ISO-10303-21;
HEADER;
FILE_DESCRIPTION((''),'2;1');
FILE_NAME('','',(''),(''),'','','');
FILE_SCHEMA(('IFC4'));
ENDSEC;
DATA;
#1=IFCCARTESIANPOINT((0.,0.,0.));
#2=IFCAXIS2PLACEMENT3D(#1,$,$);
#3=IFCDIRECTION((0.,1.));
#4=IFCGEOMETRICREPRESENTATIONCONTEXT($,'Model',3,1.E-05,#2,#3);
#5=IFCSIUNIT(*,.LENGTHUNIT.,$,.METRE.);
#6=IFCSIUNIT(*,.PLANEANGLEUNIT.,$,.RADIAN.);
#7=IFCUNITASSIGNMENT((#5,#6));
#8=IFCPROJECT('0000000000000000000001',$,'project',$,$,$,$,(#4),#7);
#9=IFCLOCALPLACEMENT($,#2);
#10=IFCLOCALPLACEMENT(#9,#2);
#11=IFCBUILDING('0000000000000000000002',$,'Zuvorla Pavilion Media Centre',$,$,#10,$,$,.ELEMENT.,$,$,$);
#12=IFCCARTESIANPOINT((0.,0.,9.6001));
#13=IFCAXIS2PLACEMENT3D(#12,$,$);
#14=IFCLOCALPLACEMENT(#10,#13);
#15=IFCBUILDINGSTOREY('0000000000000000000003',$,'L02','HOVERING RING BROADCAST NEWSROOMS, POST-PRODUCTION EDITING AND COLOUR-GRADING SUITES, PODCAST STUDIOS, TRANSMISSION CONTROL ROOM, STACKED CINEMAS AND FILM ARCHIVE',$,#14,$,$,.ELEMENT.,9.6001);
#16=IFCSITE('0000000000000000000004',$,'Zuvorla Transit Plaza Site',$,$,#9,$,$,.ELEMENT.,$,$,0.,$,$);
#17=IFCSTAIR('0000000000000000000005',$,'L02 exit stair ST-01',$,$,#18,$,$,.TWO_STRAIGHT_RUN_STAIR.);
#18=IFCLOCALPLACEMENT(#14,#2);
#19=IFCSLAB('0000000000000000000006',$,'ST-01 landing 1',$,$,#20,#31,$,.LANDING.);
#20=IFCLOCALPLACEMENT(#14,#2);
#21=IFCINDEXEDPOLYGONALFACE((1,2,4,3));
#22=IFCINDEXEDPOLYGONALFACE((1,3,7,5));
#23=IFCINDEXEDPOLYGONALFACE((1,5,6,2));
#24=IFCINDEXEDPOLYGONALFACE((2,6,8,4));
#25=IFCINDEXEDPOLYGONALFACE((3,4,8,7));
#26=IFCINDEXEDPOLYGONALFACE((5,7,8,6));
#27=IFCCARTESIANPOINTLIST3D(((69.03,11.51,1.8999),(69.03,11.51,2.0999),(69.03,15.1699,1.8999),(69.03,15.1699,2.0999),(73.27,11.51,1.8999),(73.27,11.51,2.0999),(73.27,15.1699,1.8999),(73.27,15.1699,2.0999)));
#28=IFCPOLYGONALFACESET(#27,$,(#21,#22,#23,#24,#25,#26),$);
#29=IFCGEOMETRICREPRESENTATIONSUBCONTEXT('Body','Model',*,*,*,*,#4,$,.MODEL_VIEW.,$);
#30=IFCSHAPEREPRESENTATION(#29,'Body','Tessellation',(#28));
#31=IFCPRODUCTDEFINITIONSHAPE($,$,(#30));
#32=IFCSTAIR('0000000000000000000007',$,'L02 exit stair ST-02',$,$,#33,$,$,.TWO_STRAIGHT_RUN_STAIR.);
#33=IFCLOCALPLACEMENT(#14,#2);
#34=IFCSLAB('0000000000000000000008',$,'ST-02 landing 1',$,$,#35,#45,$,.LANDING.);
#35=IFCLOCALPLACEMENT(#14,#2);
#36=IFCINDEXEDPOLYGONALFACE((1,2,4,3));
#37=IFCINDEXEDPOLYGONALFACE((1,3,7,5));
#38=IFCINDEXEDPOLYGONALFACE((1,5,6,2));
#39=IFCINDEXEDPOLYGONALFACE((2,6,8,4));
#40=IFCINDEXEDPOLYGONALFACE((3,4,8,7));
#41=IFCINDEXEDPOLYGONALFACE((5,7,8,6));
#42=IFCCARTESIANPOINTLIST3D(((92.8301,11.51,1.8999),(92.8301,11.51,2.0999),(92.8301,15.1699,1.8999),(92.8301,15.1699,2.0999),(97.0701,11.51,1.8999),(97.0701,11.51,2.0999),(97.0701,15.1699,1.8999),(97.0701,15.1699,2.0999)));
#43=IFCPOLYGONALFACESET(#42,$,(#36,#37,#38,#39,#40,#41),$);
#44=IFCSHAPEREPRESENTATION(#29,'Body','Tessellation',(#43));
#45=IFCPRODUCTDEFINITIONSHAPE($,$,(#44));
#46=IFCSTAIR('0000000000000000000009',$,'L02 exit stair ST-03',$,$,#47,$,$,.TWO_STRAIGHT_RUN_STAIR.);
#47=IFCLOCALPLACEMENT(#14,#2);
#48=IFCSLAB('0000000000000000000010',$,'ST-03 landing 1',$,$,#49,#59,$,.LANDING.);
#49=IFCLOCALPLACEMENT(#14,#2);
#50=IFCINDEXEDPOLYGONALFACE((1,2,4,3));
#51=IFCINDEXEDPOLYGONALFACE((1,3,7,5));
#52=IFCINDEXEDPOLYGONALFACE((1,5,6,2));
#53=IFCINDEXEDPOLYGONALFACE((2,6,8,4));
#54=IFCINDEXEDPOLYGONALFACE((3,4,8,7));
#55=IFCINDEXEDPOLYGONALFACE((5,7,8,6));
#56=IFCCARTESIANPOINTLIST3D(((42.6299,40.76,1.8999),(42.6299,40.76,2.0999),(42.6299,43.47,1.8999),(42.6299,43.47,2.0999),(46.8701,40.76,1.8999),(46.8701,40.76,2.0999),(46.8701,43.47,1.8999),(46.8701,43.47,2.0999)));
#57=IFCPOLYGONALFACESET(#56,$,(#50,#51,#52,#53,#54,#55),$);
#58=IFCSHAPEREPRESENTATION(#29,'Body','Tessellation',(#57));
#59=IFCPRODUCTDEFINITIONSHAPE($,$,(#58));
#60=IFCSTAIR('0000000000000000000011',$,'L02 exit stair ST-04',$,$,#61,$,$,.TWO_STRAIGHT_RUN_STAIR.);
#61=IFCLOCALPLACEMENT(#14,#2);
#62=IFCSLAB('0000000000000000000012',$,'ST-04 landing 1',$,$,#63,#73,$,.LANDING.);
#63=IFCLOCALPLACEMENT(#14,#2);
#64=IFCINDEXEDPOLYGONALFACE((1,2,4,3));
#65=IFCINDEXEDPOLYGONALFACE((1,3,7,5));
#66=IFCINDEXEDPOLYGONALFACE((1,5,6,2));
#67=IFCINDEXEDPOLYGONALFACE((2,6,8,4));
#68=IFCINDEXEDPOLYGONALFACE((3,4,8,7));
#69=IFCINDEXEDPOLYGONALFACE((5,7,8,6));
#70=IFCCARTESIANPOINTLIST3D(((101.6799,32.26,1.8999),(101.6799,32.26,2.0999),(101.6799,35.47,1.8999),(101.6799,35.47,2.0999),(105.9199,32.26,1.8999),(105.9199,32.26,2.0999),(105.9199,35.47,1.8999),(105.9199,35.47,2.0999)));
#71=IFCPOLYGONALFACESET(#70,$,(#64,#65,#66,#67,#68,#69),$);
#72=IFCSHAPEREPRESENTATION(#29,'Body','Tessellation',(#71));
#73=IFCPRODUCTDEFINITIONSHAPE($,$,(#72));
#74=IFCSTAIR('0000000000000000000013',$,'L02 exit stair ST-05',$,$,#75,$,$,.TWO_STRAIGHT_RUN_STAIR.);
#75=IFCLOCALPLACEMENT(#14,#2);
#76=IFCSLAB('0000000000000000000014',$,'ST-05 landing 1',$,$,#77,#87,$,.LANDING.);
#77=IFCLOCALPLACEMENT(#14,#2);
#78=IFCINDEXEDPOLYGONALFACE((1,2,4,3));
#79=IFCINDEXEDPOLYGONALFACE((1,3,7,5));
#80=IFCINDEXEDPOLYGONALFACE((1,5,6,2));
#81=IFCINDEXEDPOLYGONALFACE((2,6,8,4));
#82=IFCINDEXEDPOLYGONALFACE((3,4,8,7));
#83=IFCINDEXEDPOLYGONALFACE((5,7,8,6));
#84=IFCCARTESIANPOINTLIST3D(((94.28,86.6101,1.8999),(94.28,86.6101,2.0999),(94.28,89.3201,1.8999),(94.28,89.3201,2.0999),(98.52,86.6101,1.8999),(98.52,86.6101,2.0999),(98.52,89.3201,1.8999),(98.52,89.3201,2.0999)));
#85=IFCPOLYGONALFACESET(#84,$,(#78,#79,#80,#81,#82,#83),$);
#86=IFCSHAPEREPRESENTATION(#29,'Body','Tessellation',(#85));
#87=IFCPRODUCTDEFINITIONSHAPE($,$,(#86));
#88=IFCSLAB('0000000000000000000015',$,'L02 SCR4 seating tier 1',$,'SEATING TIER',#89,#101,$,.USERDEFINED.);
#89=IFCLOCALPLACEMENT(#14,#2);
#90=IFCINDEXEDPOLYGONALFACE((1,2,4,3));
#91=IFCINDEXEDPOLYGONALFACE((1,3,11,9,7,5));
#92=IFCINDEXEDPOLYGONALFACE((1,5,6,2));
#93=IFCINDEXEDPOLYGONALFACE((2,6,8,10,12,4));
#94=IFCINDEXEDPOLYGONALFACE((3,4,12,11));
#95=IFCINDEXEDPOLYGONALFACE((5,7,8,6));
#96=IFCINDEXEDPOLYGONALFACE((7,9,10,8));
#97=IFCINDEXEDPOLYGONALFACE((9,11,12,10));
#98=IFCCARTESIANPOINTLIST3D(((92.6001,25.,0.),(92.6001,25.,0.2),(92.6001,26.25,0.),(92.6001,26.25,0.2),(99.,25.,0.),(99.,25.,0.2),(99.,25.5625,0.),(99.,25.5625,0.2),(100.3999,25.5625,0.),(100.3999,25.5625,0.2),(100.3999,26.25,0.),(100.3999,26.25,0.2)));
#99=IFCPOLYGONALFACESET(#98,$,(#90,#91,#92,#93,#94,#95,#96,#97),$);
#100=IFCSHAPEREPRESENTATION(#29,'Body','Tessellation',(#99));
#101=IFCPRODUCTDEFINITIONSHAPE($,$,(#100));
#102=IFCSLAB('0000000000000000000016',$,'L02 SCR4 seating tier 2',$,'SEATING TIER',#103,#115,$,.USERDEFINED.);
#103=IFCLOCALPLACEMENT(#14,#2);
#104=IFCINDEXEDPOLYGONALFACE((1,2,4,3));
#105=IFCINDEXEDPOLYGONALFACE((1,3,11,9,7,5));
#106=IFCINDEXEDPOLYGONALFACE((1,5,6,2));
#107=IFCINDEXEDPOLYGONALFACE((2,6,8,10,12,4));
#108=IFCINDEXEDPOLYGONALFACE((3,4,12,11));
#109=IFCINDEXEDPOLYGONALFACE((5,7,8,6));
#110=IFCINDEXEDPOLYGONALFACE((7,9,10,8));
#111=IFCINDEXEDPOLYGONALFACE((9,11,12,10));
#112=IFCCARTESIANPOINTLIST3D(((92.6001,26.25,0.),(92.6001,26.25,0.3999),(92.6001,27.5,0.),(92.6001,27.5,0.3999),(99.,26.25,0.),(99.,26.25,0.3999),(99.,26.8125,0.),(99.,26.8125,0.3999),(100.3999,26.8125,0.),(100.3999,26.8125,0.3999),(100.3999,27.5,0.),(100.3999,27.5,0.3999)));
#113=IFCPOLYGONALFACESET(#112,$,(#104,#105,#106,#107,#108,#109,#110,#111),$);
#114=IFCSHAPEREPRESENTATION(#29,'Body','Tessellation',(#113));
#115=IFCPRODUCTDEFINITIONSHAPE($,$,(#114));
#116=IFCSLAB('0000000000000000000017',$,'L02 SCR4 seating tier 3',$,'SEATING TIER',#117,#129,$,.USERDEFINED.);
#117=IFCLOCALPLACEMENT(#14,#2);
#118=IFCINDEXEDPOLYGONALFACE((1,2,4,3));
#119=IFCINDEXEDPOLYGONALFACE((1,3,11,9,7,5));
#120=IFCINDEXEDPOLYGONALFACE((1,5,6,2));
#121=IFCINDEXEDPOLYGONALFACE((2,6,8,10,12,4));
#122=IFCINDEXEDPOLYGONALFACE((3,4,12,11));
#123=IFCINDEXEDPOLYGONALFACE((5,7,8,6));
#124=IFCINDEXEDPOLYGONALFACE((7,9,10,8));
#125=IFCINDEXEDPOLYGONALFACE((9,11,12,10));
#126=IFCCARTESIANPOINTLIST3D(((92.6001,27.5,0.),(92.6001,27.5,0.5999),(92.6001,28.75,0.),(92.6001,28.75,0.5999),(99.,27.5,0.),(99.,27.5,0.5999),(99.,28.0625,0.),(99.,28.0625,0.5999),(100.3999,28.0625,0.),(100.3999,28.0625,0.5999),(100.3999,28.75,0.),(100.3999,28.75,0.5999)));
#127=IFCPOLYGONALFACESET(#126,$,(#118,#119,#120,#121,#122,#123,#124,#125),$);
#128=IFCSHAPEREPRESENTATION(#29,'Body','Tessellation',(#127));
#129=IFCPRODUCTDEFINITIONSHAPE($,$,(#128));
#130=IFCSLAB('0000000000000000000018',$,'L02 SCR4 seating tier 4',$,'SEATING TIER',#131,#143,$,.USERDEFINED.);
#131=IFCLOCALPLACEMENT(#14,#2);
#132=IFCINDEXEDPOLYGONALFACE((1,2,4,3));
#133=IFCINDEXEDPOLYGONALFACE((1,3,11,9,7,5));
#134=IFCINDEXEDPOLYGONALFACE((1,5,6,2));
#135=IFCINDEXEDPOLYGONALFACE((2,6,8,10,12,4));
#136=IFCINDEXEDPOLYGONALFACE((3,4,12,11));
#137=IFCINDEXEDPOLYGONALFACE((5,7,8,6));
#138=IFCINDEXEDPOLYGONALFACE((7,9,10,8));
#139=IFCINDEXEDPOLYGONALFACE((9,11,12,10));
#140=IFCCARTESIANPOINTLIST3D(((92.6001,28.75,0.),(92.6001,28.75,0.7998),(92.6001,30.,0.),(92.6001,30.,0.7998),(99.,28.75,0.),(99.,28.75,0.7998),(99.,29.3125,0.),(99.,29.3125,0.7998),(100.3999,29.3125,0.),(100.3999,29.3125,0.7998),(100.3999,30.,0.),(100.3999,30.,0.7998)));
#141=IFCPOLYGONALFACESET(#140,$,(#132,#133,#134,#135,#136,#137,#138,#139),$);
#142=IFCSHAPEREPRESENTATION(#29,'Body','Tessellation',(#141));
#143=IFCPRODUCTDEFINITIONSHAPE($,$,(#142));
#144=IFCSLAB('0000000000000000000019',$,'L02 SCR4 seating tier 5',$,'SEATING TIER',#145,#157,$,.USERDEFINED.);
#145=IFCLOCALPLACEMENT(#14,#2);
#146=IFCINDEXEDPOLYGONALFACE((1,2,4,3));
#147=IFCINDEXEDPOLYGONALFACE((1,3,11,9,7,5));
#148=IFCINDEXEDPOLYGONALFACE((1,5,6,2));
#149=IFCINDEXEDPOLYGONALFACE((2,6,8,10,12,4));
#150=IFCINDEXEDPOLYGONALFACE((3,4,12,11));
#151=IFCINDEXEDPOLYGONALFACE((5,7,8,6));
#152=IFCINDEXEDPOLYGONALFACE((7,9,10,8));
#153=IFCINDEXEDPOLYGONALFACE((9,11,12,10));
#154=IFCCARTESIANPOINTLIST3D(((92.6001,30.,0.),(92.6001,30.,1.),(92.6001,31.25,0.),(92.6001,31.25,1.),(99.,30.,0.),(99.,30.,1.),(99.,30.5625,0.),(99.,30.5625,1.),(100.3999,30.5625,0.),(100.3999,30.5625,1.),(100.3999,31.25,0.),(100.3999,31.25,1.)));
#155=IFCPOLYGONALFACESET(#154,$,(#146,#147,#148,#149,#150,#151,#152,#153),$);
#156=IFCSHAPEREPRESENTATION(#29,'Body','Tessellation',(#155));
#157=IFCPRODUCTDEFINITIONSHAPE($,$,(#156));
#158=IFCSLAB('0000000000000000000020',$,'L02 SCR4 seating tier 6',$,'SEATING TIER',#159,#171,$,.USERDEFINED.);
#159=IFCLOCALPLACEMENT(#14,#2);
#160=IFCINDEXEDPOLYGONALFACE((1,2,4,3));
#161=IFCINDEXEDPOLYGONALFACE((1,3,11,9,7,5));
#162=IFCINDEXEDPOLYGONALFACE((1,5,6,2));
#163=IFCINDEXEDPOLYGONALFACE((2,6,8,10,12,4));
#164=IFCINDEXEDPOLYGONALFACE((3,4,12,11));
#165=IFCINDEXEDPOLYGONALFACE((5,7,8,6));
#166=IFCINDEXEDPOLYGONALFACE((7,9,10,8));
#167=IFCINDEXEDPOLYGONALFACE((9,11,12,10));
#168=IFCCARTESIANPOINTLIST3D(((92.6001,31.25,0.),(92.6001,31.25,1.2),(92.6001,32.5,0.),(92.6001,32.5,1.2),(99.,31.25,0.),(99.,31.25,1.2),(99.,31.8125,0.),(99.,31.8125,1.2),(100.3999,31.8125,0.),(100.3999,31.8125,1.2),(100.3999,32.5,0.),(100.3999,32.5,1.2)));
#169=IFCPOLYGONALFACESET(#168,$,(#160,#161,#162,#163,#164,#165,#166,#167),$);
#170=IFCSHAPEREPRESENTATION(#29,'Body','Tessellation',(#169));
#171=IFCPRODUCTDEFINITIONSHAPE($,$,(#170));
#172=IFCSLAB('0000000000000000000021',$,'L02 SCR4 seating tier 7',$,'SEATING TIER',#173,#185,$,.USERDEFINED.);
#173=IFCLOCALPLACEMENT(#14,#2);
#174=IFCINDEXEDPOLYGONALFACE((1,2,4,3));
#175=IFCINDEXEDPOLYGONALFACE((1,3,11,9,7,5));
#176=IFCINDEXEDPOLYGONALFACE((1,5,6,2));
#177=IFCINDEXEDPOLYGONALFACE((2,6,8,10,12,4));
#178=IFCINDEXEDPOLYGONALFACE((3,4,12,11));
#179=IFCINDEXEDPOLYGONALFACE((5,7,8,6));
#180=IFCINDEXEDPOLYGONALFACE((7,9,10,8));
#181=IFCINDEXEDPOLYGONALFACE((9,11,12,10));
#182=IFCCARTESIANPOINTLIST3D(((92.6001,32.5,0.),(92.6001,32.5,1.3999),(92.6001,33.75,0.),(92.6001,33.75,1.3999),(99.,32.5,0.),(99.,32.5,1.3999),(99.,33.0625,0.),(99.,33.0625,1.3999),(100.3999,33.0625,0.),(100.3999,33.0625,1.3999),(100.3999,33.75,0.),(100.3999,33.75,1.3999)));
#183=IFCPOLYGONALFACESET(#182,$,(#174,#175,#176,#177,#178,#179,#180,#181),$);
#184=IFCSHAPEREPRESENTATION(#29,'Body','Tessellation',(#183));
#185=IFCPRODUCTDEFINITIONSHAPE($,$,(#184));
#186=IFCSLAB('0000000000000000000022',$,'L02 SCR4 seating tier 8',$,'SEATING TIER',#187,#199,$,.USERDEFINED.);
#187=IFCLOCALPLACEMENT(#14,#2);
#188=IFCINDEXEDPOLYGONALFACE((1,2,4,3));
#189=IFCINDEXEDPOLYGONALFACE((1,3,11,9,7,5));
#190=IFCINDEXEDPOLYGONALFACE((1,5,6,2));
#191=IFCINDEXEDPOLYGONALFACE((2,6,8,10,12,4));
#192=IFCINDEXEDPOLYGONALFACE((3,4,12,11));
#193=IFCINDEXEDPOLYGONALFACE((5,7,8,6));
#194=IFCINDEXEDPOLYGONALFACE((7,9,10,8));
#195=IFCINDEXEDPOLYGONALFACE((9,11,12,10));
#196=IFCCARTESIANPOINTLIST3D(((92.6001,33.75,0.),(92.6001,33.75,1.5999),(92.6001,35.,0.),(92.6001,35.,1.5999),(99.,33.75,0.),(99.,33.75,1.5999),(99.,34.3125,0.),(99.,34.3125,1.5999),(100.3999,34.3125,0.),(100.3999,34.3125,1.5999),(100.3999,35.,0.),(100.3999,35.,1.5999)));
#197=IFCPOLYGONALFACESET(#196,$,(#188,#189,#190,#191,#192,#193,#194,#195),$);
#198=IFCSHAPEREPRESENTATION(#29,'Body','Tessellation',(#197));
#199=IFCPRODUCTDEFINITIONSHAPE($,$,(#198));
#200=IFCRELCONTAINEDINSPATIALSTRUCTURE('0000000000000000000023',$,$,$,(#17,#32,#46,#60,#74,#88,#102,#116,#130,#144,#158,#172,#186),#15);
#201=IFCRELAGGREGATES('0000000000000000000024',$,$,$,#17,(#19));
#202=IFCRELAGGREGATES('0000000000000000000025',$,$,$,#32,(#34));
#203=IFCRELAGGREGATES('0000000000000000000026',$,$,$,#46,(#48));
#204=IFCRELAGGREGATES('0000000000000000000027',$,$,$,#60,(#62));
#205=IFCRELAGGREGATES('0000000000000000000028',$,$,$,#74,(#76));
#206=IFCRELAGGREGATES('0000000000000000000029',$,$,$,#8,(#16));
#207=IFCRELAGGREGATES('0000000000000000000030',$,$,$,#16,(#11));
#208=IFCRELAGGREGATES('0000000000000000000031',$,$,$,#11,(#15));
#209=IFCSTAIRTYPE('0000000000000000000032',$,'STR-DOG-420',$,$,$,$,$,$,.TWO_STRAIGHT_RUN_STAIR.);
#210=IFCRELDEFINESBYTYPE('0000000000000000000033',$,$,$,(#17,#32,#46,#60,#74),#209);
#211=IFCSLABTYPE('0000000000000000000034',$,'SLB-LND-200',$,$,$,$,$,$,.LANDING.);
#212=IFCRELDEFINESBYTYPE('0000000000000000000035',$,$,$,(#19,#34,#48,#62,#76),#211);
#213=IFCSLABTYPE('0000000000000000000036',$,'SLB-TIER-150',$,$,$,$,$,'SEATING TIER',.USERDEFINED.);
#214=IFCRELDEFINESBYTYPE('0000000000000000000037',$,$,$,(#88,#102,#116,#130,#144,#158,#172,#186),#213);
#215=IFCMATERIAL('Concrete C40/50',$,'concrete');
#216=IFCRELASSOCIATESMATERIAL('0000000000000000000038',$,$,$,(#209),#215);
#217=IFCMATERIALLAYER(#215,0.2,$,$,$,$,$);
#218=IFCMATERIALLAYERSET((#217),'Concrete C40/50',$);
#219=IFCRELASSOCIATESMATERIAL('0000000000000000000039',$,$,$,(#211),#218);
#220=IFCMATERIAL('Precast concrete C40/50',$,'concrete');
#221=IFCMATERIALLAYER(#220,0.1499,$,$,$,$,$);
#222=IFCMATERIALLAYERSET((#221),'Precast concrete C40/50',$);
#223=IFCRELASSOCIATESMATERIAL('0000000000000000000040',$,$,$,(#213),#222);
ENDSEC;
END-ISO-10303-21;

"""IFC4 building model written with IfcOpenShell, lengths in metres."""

from ifc_helpers import new_model, si_unit, direction, frame, origin, place, context, subcontext, project, spatial, polyline, outline, extrude, material, layer, layer_set, type_object, element, aggregate, save


model = new_model("IFC4")

# Units and contexts
model_context = context("Model", 3, precision=1e-05, world=origin(), true_north=direction((0.0, 1.0)))
body_context = subcontext(model_context, "Body", "Model", "MODEL_VIEW")
ifc_project = project(units=[si_unit("LENGTHUNIT", "METRE"), si_unit("PLANEANGLEUNIT", "RADIAN")], contexts=[model_context])

# Site, building, storey
site_placement = place(None, origin())
site = spatial("IfcSite", under=ifc_project, at=site_placement, Name="Zuvorla Transit Plaza Site", CompositionType="ELEMENT", RefElevation=0.0)
building_placement = place(site_placement, origin())
building = spatial("IfcBuilding", under=site, at=building_placement, Name="Zuvorla Pavilion Media Centre", CompositionType="ELEMENT")
storey_placement = place(building_placement, frame((0.0, 0.0, 9.6001)))
storey = spatial("IfcBuildingStorey", under=building, at=storey_placement, Name="L02", Description="HOVERING RING BROADCAST NEWSROOMS, POST-PRODUCTION EDITING AND COLOUR-GRADING SUITES, PODCAST STUDIOS, TRANSMISSION CONTROL ROOM, STACKED CINEMAS AND FILM ARCHIVE", CompositionType="ELEMENT", Elevation=9.6001)

# Shared definitions
ifc_material_1 = material(Name="Concrete C40/50", Category="concrete")

# Stairs, slabs
stair_type = type_object("IfcStairType", Name="STR-DOG-420", PredefinedType="TWO_STRAIGHT_RUN_STAIR", material=ifc_material_1)
stair_1_placement = place(storey_placement, origin())
stair_1 = element("IfcStair", 1, at=stair_1_placement, inside=storey, type_object=stair_type, Name="L02 exit stair ST-01", PredefinedType="TWO_STRAIGHT_RUN_STAIR")
ifc_layer_1 = layer(ifc_material_1, 0.2)
ifc_layer_set_1 = layer_set([ifc_layer_1], Name="Concrete C40/50")
slab_type_1 = type_object("IfcSlabType", Name="SLB-LND-200", PredefinedType="LANDING", material=ifc_layer_set_1)
slab_1_placement = place(storey_placement, frame((0.0, 0.0, 1.8999)))
slab_1 = element("IfcSlab", 2, at=slab_1_placement, type_object=slab_type_1, Name="ST-01 landing 1", PredefinedType="LANDING", context=body_context, shape_type="SweptSolid", body=[
    extrude(outline(polyline([(69.03, 11.51), (73.27, 11.51), (73.27, 15.1699), (69.03, 15.1699), (69.03, 11.51)])), origin(), (0.0, 0.0, 1.0), 0.2),
])
aggregate(stair_1, [slab_1])
stair_2_placement = place(storey_placement, origin())
stair_2 = element("IfcStair", 3, at=stair_2_placement, inside=storey, type_object=stair_type, Name="L02 exit stair ST-02", PredefinedType="TWO_STRAIGHT_RUN_STAIR")
slab_2_placement = place(storey_placement, frame((0.0, 0.0, 1.8999)))
slab_2 = element("IfcSlab", 4, at=slab_2_placement, type_object=slab_type_1, Name="ST-02 landing 1", PredefinedType="LANDING", context=body_context, shape_type="SweptSolid", body=[
    extrude(outline(polyline([(92.8301, 11.51), (97.0701, 11.51), (97.0701, 15.1699), (92.8301, 15.1699), (92.8301, 11.51)])), origin(), (0.0, 0.0, 1.0), 0.2),
])
aggregate(stair_2, [slab_2])
stair_3_placement = place(storey_placement, origin())
stair_3 = element("IfcStair", 5, at=stair_3_placement, inside=storey, type_object=stair_type, Name="L02 exit stair ST-03", PredefinedType="TWO_STRAIGHT_RUN_STAIR")
slab_3_placement = place(storey_placement, frame((0.0, 0.0, 1.8999)))
slab_3 = element("IfcSlab", 6, at=slab_3_placement, type_object=slab_type_1, Name="ST-03 landing 1", PredefinedType="LANDING", context=body_context, shape_type="SweptSolid", body=[
    extrude(outline(polyline([(42.6299, 40.76), (46.8701, 40.76), (46.8701, 43.47), (42.6299, 43.47), (42.6299, 40.76)])), origin(), (0.0, 0.0, 1.0), 0.2),
])
aggregate(stair_3, [slab_3])
stair_4_placement = place(storey_placement, origin())
stair_4 = element("IfcStair", 7, at=stair_4_placement, inside=storey, type_object=stair_type, Name="L02 exit stair ST-04", PredefinedType="TWO_STRAIGHT_RUN_STAIR")
slab_4_placement = place(storey_placement, frame((0.0, 0.0, 1.8999)))
slab_4 = element("IfcSlab", 8, at=slab_4_placement, type_object=slab_type_1, Name="ST-04 landing 1", PredefinedType="LANDING", context=body_context, shape_type="SweptSolid", body=[
    extrude(outline(polyline([(101.6799, 32.26), (105.9199, 32.26), (105.9199, 35.47), (101.6799, 35.47), (101.6799, 32.26)])), origin(), (0.0, 0.0, 1.0), 0.2),
])
aggregate(stair_4, [slab_4])
stair_5_placement = place(storey_placement, origin())
stair_5 = element("IfcStair", 9, at=stair_5_placement, inside=storey, type_object=stair_type, Name="L02 exit stair ST-05", PredefinedType="TWO_STRAIGHT_RUN_STAIR")
slab_5_placement = place(storey_placement, frame((0.0, 0.0, 1.8999)))
slab_5 = element("IfcSlab", 10, at=slab_5_placement, type_object=slab_type_1, Name="ST-05 landing 1", PredefinedType="LANDING", context=body_context, shape_type="SweptSolid", body=[
    extrude(outline(polyline([(94.28, 86.6101), (98.52, 86.6101), (98.52, 89.3201), (94.28, 89.3201), (94.28, 86.6101)])), origin(), (0.0, 0.0, 1.0), 0.2),
])
aggregate(stair_5, [slab_5])

# Slabs
ifc_material_2 = material(Name="Precast concrete C40/50", Category="concrete")
ifc_layer_2 = layer(ifc_material_2, 0.1499)
ifc_layer_set_2 = layer_set([ifc_layer_2], Name="Precast concrete C40/50")
slab_type_2 = type_object("IfcSlabType", Name="SLB-TIER-150", ElementType="SEATING TIER", PredefinedType="USERDEFINED", material=ifc_layer_set_2)
slab_6_placement = place(storey_placement, origin())
element("IfcSlab", 11, at=slab_6_placement, inside=storey, type_object=slab_type_2, Name="L02 SCR4 seating tier 1", ObjectType="SEATING TIER", PredefinedType="USERDEFINED", context=body_context, shape_type="SweptSolid", body=[
    extrude(outline(polyline([(92.6001, 25.0), (99.0, 25.0), (99.0, 25.5625), (100.3999, 25.5625), (100.3999, 26.25), (92.6001, 26.25), (92.6001, 25.0)])), origin(), (0.0, 0.0, 1.0), 0.2),
])
slab_7_placement = place(storey_placement, origin())
element("IfcSlab", 12, at=slab_7_placement, inside=storey, type_object=slab_type_2, Name="L02 SCR4 seating tier 2", ObjectType="SEATING TIER", PredefinedType="USERDEFINED", context=body_context, shape_type="SweptSolid", body=[
    extrude(outline(polyline([(92.6001, 26.25), (99.0, 26.25), (99.0, 26.8125), (100.3999, 26.8125), (100.3999, 27.5), (92.6001, 27.5), (92.6001, 26.25)])), origin(), (0.0, 0.0, 1.0), 0.3999),
])
slab_8_placement = place(storey_placement, origin())
element("IfcSlab", 13, at=slab_8_placement, inside=storey, type_object=slab_type_2, Name="L02 SCR4 seating tier 3", ObjectType="SEATING TIER", PredefinedType="USERDEFINED", context=body_context, shape_type="SweptSolid", body=[
    extrude(outline(polyline([(92.6001, 27.5), (99.0, 27.5), (99.0, 28.0625), (100.3999, 28.0625), (100.3999, 28.75), (92.6001, 28.75), (92.6001, 27.5)])), origin(), (0.0, 0.0, 1.0), 0.5999),
])
slab_9_placement = place(storey_placement, origin())
element("IfcSlab", 14, at=slab_9_placement, inside=storey, type_object=slab_type_2, Name="L02 SCR4 seating tier 4", ObjectType="SEATING TIER", PredefinedType="USERDEFINED", context=body_context, shape_type="SweptSolid", body=[
    extrude(outline(polyline([(92.6001, 28.75), (99.0, 28.75), (99.0, 29.3125), (100.3999, 29.3125), (100.3999, 30.0), (92.6001, 30.0), (92.6001, 28.75)])), origin(), (0.0, 0.0, 1.0), 0.7998),
])
slab_10_placement = place(storey_placement, origin())
element("IfcSlab", 15, at=slab_10_placement, inside=storey, type_object=slab_type_2, Name="L02 SCR4 seating tier 5", ObjectType="SEATING TIER", PredefinedType="USERDEFINED", context=body_context, shape_type="SweptSolid", body=[
    extrude(outline(polyline([(92.6001, 30.0), (99.0, 30.0), (99.0, 30.5625), (100.3999, 30.5625), (100.3999, 31.25), (92.6001, 31.25), (92.6001, 30.0)])), origin(), (0.0, 0.0, 1.0), 1.0),
])
slab_11_placement = place(storey_placement, origin())
element("IfcSlab", 16, at=slab_11_placement, inside=storey, type_object=slab_type_2, Name="L02 SCR4 seating tier 6", ObjectType="SEATING TIER", PredefinedType="USERDEFINED", context=body_context, shape_type="SweptSolid", body=[
    extrude(outline(polyline([(92.6001, 31.25), (99.0, 31.25), (99.0, 31.8125), (100.3999, 31.8125), (100.3999, 32.5), (92.6001, 32.5), (92.6001, 31.25)])), origin(), (0.0, 0.0, 1.0), 1.2),
])
slab_12_placement = place(storey_placement, origin())
element("IfcSlab", 17, at=slab_12_placement, inside=storey, type_object=slab_type_2, Name="L02 SCR4 seating tier 7", ObjectType="SEATING TIER", PredefinedType="USERDEFINED", context=body_context, shape_type="SweptSolid", body=[
    extrude(outline(polyline([(92.6001, 32.5), (99.0, 32.5), (99.0, 33.0625), (100.3999, 33.0625), (100.3999, 33.75), (92.6001, 33.75), (92.6001, 32.5)])), origin(), (0.0, 0.0, 1.0), 1.3999),
])
slab_13_placement = place(storey_placement, origin())
element("IfcSlab", 18, at=slab_13_placement, inside=storey, type_object=slab_type_2, Name="L02 SCR4 seating tier 8", ObjectType="SEATING TIER", PredefinedType="USERDEFINED", context=body_context, shape_type="SweptSolid", body=[
    extrude(outline(polyline([(92.6001, 33.75), (99.0, 33.75), (99.0, 34.3125), (100.3999, 34.3125), (100.3999, 35.0), (92.6001, 35.0), (92.6001, 33.75)])), origin(), (0.0, 0.0, 1.0), 1.5999),
])

save(model, "model.ifc")
